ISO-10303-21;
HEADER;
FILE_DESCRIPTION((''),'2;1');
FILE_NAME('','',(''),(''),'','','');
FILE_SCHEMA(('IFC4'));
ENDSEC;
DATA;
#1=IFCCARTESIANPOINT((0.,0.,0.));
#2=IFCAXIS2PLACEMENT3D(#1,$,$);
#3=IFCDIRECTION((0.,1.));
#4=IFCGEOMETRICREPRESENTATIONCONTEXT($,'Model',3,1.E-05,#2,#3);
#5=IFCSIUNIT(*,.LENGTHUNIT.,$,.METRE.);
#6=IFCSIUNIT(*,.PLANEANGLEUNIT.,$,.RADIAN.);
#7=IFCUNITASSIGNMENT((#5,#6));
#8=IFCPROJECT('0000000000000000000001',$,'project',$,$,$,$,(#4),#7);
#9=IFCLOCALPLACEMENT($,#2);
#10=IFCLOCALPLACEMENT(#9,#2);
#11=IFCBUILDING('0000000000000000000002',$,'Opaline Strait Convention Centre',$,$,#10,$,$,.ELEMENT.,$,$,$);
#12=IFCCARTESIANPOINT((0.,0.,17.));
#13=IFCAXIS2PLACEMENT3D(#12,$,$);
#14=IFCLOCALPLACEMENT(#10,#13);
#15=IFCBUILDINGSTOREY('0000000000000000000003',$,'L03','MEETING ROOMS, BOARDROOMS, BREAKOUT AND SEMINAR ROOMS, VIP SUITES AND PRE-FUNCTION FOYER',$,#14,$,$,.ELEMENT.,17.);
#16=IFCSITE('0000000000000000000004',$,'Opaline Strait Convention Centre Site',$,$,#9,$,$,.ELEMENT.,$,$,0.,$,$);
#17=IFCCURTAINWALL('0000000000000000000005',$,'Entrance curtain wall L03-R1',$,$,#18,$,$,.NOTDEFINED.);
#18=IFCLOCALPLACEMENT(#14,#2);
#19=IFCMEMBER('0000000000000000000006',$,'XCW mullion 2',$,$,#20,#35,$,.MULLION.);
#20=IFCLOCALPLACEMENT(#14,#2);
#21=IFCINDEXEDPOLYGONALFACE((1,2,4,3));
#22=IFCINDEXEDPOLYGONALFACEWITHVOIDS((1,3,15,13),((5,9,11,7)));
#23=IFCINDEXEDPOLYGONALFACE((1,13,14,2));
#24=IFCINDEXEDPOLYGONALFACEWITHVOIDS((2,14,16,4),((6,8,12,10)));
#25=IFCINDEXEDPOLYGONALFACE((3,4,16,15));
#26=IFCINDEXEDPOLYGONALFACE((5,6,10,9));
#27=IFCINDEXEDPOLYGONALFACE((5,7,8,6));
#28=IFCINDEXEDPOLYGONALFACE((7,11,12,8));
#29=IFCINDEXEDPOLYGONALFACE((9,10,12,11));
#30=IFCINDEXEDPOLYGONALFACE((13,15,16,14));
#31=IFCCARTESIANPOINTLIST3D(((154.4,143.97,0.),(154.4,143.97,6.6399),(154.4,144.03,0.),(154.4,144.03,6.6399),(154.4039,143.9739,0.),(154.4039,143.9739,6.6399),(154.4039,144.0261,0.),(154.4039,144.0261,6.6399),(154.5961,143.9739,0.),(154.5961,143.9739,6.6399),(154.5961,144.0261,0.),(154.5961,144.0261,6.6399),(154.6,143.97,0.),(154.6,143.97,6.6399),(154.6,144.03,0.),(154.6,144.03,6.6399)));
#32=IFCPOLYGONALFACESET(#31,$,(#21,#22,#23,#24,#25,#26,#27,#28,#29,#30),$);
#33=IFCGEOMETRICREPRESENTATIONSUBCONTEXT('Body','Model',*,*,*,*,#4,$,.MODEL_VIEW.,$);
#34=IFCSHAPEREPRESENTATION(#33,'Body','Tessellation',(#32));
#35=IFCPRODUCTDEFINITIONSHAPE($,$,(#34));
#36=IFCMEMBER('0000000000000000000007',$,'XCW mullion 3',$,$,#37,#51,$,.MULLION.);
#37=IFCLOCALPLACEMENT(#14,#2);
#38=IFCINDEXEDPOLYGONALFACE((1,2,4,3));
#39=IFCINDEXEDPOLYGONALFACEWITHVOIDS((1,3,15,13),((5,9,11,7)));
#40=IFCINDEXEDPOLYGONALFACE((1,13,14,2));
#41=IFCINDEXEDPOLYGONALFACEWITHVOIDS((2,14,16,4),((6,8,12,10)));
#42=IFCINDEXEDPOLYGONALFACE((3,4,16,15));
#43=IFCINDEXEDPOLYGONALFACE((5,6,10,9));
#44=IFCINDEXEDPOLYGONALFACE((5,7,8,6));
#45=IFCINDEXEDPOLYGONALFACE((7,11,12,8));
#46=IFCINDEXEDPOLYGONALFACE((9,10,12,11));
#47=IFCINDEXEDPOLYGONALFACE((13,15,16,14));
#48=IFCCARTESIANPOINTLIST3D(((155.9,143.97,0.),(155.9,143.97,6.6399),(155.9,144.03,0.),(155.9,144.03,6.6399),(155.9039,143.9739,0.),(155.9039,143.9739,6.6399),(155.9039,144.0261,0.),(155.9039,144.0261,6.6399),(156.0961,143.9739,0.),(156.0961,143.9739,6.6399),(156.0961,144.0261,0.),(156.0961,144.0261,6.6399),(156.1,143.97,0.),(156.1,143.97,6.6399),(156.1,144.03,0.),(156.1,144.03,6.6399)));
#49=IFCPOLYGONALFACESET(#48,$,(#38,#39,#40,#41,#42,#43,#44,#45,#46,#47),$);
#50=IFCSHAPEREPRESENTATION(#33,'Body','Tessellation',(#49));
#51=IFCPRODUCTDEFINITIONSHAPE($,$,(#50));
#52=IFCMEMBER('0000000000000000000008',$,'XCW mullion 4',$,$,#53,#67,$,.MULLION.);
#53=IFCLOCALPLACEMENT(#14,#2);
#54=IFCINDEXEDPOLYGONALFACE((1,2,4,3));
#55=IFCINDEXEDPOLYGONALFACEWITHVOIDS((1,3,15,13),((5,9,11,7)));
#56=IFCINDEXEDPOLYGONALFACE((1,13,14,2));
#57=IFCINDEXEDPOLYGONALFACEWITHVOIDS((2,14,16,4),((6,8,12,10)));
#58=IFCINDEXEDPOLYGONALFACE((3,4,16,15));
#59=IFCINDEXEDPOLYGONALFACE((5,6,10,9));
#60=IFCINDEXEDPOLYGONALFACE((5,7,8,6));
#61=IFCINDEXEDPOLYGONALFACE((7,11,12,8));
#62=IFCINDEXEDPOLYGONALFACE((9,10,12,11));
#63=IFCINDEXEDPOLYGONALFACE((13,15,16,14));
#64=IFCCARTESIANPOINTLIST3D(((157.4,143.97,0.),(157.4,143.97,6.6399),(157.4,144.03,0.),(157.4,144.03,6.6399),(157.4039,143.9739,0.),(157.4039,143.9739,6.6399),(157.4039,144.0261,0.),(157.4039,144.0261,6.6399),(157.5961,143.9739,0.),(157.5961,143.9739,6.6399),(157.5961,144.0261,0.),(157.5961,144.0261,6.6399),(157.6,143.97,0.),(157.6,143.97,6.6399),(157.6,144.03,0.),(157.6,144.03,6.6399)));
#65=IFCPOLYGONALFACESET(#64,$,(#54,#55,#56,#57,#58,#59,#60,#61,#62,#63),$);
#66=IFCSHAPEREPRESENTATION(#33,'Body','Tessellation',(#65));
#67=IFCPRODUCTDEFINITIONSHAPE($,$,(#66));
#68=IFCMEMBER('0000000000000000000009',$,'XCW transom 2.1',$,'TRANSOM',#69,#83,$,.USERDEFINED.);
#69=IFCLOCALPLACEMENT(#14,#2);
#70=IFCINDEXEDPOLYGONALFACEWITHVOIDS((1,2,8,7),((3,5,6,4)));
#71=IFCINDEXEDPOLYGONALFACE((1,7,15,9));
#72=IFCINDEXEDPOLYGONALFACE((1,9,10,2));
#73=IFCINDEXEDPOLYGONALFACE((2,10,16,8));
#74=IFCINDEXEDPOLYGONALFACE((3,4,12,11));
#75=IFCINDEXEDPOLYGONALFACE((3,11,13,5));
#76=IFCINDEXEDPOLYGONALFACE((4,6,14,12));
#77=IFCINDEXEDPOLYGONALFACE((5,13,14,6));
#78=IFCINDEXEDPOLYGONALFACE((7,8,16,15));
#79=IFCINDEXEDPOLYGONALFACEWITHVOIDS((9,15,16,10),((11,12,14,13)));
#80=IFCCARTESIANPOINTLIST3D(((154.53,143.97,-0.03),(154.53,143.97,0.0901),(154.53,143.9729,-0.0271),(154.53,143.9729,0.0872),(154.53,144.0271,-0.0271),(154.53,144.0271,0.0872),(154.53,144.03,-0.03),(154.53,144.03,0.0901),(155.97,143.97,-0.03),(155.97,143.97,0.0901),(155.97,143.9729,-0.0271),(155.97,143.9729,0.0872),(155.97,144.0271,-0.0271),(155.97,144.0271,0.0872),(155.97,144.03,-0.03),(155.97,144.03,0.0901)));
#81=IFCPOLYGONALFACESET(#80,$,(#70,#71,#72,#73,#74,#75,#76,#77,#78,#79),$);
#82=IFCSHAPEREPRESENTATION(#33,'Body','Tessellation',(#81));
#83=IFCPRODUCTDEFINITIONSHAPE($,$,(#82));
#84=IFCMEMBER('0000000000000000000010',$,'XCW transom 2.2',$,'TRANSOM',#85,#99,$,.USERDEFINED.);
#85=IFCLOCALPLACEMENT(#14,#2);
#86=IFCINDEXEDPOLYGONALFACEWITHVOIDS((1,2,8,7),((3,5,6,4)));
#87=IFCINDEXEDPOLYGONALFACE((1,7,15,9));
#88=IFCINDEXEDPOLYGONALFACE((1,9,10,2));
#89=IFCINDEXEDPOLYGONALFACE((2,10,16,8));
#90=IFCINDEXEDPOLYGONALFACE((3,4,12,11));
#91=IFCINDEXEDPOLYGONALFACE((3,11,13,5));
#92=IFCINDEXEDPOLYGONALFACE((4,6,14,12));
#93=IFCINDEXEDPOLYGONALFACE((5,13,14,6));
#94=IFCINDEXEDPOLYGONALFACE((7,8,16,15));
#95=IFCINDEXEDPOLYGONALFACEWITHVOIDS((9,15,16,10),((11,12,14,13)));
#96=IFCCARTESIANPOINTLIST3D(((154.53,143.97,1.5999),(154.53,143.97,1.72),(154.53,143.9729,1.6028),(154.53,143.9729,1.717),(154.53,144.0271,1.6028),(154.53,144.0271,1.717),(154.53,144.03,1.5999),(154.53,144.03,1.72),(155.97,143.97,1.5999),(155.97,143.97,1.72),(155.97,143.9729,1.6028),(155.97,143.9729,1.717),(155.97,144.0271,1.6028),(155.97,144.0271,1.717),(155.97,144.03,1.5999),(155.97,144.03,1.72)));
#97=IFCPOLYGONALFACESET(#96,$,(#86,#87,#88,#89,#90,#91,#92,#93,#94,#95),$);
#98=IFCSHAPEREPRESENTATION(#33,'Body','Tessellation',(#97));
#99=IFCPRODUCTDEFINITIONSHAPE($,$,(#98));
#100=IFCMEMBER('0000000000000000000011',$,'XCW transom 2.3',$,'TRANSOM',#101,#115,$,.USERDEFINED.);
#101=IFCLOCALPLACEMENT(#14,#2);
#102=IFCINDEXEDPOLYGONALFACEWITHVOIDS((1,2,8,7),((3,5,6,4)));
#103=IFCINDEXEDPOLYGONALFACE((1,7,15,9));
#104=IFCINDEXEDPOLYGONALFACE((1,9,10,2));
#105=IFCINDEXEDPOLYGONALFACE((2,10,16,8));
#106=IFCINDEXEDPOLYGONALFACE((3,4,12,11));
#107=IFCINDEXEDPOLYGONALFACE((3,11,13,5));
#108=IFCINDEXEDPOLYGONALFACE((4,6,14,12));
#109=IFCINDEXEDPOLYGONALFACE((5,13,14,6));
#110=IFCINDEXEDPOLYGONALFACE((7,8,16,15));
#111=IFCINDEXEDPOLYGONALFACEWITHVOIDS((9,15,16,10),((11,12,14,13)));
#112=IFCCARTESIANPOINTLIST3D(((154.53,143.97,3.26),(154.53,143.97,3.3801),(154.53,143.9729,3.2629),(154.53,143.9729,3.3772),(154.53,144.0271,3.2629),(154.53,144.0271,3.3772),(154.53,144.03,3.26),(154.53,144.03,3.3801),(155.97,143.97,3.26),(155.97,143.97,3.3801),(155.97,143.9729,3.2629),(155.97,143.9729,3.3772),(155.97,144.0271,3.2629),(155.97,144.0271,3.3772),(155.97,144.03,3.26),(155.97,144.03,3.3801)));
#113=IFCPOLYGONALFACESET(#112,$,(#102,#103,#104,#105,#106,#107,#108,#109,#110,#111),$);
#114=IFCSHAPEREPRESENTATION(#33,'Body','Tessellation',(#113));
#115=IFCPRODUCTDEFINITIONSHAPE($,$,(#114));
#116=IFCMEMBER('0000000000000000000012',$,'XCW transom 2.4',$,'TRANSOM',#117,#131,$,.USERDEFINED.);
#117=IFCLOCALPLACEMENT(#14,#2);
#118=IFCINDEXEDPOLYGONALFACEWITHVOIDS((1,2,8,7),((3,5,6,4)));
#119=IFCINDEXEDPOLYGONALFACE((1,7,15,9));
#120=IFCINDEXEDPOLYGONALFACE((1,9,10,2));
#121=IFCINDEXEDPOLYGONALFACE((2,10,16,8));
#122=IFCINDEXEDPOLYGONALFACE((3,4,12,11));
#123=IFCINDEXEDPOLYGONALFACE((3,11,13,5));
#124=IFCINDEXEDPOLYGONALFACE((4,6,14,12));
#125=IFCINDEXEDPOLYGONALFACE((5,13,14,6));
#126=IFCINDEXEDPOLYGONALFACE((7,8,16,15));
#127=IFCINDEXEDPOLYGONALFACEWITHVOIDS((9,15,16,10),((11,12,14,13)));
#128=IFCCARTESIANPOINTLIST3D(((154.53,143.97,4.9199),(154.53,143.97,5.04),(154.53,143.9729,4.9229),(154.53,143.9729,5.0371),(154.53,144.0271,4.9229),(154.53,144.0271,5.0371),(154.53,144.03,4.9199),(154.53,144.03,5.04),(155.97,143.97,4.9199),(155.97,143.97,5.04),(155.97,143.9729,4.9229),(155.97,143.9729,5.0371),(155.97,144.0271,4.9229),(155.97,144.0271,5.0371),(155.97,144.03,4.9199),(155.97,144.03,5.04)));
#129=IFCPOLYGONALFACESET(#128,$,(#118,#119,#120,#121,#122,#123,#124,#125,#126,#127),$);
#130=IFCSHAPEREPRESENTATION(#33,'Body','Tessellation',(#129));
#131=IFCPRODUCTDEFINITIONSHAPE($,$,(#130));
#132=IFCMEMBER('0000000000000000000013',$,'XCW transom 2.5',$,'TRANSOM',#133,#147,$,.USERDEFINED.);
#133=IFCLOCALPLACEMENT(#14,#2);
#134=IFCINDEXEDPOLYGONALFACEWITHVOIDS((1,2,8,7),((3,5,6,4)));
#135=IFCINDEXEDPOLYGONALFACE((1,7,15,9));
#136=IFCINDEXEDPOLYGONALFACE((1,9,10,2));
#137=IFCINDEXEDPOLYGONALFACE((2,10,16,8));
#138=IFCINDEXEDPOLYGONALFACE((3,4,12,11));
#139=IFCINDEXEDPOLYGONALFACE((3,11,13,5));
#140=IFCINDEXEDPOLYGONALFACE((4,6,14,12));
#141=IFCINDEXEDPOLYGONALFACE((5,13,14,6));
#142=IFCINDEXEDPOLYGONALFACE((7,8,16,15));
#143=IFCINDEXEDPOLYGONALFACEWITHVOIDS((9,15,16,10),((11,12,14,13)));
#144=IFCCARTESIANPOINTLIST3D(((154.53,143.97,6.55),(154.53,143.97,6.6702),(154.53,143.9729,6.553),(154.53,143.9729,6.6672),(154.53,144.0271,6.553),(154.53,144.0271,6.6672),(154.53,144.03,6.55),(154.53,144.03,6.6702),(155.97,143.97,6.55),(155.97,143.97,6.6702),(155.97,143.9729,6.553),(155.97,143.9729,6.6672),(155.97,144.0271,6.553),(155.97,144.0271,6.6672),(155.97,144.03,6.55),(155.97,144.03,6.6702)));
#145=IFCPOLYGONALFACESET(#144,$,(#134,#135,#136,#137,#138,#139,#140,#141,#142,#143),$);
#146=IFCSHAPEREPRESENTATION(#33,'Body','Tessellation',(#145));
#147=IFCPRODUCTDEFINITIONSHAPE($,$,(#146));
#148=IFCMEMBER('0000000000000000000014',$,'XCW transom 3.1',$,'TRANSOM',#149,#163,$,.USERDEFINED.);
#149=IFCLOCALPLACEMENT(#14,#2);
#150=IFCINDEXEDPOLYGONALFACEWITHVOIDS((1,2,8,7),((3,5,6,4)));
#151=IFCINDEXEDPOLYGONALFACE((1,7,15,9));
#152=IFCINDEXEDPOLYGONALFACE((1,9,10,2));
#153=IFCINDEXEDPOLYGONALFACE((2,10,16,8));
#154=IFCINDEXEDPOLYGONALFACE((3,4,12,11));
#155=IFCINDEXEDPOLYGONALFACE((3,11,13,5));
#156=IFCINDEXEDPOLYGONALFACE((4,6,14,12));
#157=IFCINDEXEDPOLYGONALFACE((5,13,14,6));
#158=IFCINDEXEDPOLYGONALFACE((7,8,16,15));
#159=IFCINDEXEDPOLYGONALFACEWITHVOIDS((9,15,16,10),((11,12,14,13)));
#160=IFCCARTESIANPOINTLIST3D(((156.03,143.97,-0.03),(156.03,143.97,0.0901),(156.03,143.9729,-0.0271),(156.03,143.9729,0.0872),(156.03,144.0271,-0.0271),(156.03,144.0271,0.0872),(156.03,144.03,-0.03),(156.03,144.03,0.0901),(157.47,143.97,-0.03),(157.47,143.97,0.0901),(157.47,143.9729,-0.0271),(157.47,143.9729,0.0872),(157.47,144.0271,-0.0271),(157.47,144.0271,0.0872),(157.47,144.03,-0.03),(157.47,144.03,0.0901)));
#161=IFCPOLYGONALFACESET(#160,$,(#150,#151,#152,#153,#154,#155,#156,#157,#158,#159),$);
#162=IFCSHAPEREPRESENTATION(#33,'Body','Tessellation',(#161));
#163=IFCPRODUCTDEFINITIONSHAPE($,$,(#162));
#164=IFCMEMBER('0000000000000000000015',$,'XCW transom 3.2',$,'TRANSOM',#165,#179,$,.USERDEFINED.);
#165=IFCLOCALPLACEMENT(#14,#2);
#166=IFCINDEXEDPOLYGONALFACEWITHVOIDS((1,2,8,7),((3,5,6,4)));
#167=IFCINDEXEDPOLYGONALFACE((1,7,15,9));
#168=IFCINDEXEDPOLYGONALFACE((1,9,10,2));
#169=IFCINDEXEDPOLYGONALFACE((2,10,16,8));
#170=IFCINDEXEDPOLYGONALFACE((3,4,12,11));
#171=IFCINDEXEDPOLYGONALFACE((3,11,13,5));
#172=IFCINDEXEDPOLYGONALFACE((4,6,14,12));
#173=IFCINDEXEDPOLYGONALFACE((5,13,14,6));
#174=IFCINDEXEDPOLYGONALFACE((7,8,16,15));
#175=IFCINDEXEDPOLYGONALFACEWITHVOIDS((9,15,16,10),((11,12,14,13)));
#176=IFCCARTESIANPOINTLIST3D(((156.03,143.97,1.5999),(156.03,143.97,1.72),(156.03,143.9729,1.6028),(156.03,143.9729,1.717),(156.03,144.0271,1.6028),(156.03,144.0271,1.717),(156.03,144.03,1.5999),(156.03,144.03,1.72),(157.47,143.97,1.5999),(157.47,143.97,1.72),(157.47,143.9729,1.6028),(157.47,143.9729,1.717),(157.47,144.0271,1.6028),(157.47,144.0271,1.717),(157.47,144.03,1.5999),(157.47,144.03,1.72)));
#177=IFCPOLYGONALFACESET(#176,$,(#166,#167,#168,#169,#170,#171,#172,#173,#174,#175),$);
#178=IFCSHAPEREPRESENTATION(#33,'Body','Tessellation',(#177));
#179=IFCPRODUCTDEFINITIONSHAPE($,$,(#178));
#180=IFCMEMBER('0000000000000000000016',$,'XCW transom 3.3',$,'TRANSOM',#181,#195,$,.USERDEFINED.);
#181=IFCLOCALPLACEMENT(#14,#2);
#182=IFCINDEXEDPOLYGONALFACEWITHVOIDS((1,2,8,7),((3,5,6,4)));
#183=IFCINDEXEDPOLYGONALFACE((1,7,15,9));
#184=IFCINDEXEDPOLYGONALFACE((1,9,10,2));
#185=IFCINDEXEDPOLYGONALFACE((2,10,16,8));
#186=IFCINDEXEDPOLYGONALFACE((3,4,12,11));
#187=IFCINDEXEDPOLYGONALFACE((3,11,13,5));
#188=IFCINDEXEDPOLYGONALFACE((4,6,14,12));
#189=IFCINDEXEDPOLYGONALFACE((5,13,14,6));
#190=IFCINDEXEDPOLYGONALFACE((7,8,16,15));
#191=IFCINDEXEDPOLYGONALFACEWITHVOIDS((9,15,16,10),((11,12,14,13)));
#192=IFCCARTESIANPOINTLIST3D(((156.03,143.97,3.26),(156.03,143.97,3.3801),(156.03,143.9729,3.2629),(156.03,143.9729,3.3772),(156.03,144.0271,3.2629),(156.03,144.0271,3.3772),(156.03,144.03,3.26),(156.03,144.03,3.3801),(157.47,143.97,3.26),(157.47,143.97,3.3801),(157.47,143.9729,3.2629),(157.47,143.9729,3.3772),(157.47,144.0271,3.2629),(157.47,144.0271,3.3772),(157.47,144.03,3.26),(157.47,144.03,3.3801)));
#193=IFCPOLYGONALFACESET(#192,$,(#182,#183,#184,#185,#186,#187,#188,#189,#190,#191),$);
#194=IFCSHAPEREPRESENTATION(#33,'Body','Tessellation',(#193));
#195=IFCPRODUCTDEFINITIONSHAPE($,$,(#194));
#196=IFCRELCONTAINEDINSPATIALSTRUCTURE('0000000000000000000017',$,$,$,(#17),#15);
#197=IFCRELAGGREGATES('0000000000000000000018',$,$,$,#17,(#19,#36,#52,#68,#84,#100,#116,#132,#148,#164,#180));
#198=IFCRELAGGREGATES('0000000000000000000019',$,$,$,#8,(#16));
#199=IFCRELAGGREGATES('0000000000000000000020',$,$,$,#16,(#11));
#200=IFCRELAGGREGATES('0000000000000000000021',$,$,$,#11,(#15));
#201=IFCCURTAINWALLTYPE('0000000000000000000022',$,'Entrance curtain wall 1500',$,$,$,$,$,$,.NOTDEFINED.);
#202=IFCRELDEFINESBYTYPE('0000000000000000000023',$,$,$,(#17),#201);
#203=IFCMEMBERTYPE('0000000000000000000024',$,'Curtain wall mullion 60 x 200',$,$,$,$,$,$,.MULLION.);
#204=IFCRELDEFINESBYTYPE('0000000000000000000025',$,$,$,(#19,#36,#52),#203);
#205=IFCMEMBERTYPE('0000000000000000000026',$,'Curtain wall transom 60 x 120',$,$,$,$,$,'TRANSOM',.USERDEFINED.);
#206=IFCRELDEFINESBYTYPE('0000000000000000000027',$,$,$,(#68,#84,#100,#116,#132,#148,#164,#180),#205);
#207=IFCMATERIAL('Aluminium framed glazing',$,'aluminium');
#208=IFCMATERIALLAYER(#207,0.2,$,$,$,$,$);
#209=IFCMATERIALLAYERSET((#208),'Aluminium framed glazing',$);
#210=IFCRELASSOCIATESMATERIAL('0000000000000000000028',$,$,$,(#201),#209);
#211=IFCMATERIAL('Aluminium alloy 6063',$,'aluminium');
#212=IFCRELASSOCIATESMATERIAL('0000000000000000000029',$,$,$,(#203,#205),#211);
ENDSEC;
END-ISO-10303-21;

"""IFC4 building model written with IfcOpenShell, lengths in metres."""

from ifc_helpers import new_model, si_unit, direction, frame, origin, origin_2d, place, context, subcontext, project, spatial, hollow_rectangle, extrude, material, layer, layer_set, material_profile, profile_set, type_object, element, aggregate, save


model = new_model("IFC4")

# Units and contexts
model_context = context("Model", 3, precision=1e-05, world=origin(), true_north=direction((0.0, 1.0)))
body_context = subcontext(model_context, "Body", "Model", "MODEL_VIEW")
ifc_project = project(units=[si_unit("LENGTHUNIT", "METRE"), si_unit("PLANEANGLEUNIT", "RADIAN")], contexts=[model_context])

# Site, building, storey
site_placement = place(None, origin())
site = spatial("IfcSite", under=ifc_project, at=site_placement, Name="Opaline Strait Convention Centre Site", CompositionType="ELEMENT", RefElevation=0.0)
building_placement = place(site_placement, origin())
building = spatial("IfcBuilding", under=site, at=building_placement, Name="Opaline Strait Convention Centre", CompositionType="ELEMENT")
storey_placement = place(building_placement, frame((0.0, 0.0, 17.0)))
storey = spatial("IfcBuildingStorey", under=building, at=storey_placement, Name="L03", Description="MEETING ROOMS, BOARDROOMS, BREAKOUT AND SEMINAR ROOMS, VIP SUITES AND PRE-FUNCTION FOYER", CompositionType="ELEMENT", Elevation=17.0)

# Curtain wall, members
ifc_material_1 = material(Name="Aluminium framed glazing", Category="aluminium")
ifc_layer_1 = layer(ifc_material_1, 0.2)
ifc_layer_set_1 = layer_set([ifc_layer_1], Name="Aluminium framed glazing")
curtain_wall_type = type_object("IfcCurtainWallType", Name="Entrance curtain wall 1500", PredefinedType="NOTDEFINED", material=ifc_layer_set_1)
curtain_wall_placement = place(storey_placement, origin())
curtain_wall = element("IfcCurtainWall", 1, at=curtain_wall_placement, inside=storey, type_object=curtain_wall_type, Name="Entrance curtain wall L03-R1", PredefinedType="NOTDEFINED")
ifc_material_2 = material(Name="Aluminium alloy 6063", Category="aluminium")
ifc_material_profile_1 = material_profile(ifc_material_2, hollow_rectangle(XDim=0.0601, YDim=0.2, WallThickness=0.0039, at=origin_2d()), Name="MULLION 60x200x4")
ifc_profile_set_1 = profile_set([ifc_material_profile_1], Name="Aluminium alloy 6063")
member_type_1 = type_object("IfcMemberType", Name="Curtain wall mullion 60 x 200", PredefinedType="MULLION", material=ifc_profile_set_1)
member_1_placement = place(storey_placement, frame((154.5, 144.0, 0.0), z_axis=(0.0, 0.0, 1.0), x_axis=(0.0, 1.0, 0.0)))
member_1 = element("IfcMember", 2, at=member_1_placement, type_object=member_type_1, Name="XCW mullion 2", PredefinedType="MULLION", context=body_context, shape_type="SweptSolid", body=[
    extrude(hollow_rectangle(XDim=0.0601, YDim=0.2, WallThickness=0.0039, at=origin_2d()), origin(), (0.0, 0.0, 1.0), 6.6399),
])
member_2_placement = place(storey_placement, frame((156.0, 144.0, 0.0), z_axis=(0.0, 0.0, 1.0), x_axis=(0.0, 1.0, 0.0)))
member_2 = element("IfcMember", 3, at=member_2_placement, type_object=member_type_1, Name="XCW mullion 3", PredefinedType="MULLION", context=body_context, shape_type="SweptSolid", body=[
    extrude(hollow_rectangle(XDim=0.0601, YDim=0.2, WallThickness=0.0039, at=origin_2d()), origin(), (0.0, 0.0, 1.0), 6.6399),
])
member_3_placement = place(storey_placement, frame((157.5, 144.0, 0.0), z_axis=(0.0, 0.0, 1.0), x_axis=(0.0, 1.0, 0.0)))
member_3 = element("IfcMember", 4, at=member_3_placement, type_object=member_type_1, Name="XCW mullion 4", PredefinedType="MULLION", context=body_context, shape_type="SweptSolid", body=[
    extrude(hollow_rectangle(XDim=0.0601, YDim=0.2, WallThickness=0.0039, at=origin_2d()), origin(), (0.0, 0.0, 1.0), 6.6399),
])
ifc_material_profile_2 = material_profile(ifc_material_2, hollow_rectangle(XDim=0.0601, YDim=0.1201, WallThickness=0.0029, at=origin_2d()), Name="TRANSOM 60x120x3")
ifc_profile_set_2 = profile_set([ifc_material_profile_2], Name="Aluminium alloy 6063")
member_type_2 = type_object("IfcMemberType", Name="Curtain wall transom 60 x 120", ElementType="TRANSOM", PredefinedType="USERDEFINED", material=ifc_profile_set_2)
member_4_placement = place(storey_placement, frame((154.53, 144.0, 0.03), z_axis=(1.0, 0.0, 0.0), x_axis=(0.0, 1.0, 0.0)))
member_4 = element("IfcMember", 5, at=member_4_placement, type_object=member_type_2, Name="XCW transom 2.1", ObjectType="TRANSOM", PredefinedType="USERDEFINED", context=body_context, shape_type="SweptSolid", body=[
    extrude(hollow_rectangle(XDim=0.0601, YDim=0.1201, WallThickness=0.0029, at=origin_2d()), origin(), (0.0, 0.0, 1.0), 1.4399),
])
member_5_placement = place(storey_placement, frame((154.53, 144.0, 1.6599), z_axis=(1.0, 0.0, 0.0), x_axis=(0.0, 1.0, 0.0)))
member_5 = element("IfcMember", 6, at=member_5_placement, type_object=member_type_2, Name="XCW transom 2.2", ObjectType="TRANSOM", PredefinedType="USERDEFINED", context=body_context, shape_type="SweptSolid", body=[
    extrude(hollow_rectangle(XDim=0.0601, YDim=0.1201, WallThickness=0.0029, at=origin_2d()), origin(), (0.0, 0.0, 1.0), 1.4399),
])
member_6_placement = place(storey_placement, frame((154.53, 144.0, 3.3201), z_axis=(1.0, 0.0, 0.0), x_axis=(0.0, 1.0, 0.0)))
member_6 = element("IfcMember", 7, at=member_6_placement, type_object=member_type_2, Name="XCW transom 2.3", ObjectType="TRANSOM", PredefinedType="USERDEFINED", context=body_context, shape_type="SweptSolid", body=[
    extrude(hollow_rectangle(XDim=0.0601, YDim=0.1201, WallThickness=0.0029, at=origin_2d()), origin(), (0.0, 0.0, 1.0), 1.4399),
])
member_7_placement = place(storey_placement, frame((154.53, 144.0, 4.98), z_axis=(1.0, 0.0, 0.0), x_axis=(0.0, 1.0, 0.0)))
member_7 = element("IfcMember", 8, at=member_7_placement, type_object=member_type_2, Name="XCW transom 2.4", ObjectType="TRANSOM", PredefinedType="USERDEFINED", context=body_context, shape_type="SweptSolid", body=[
    extrude(hollow_rectangle(XDim=0.0601, YDim=0.1201, WallThickness=0.0029, at=origin_2d()), origin(), (0.0, 0.0, 1.0), 1.4399),
])
member_8_placement = place(storey_placement, frame((154.53, 144.0, 6.6101), z_axis=(1.0, 0.0, 0.0), x_axis=(0.0, 1.0, 0.0)))
member_8 = element("IfcMember", 9, at=member_8_placement, type_object=member_type_2, Name="XCW transom 2.5", ObjectType="TRANSOM", PredefinedType="USERDEFINED", context=body_context, shape_type="SweptSolid", body=[
    extrude(hollow_rectangle(XDim=0.0601, YDim=0.1201, WallThickness=0.0029, at=origin_2d()), origin(), (0.0, 0.0, 1.0), 1.4399),
])
member_9_placement = place(storey_placement, frame((156.03, 144.0, 0.03), z_axis=(1.0, 0.0, 0.0), x_axis=(0.0, 1.0, 0.0)))
member_9 = element("IfcMember", 10, at=member_9_placement, type_object=member_type_2, Name="XCW transom 3.1", ObjectType="TRANSOM", PredefinedType="USERDEFINED", context=body_context, shape_type="SweptSolid", body=[
    extrude(hollow_rectangle(XDim=0.0601, YDim=0.1201, WallThickness=0.0029, at=origin_2d()), origin(), (0.0, 0.0, 1.0), 1.4399),
])
member_10_placement = place(storey_placement, frame((156.03, 144.0, 1.6599), z_axis=(1.0, 0.0, 0.0), x_axis=(0.0, 1.0, 0.0)))
member_10 = element("IfcMember", 11, at=member_10_placement, type_object=member_type_2, Name="XCW transom 3.2", ObjectType="TRANSOM", PredefinedType="USERDEFINED", context=body_context, shape_type="SweptSolid", body=[
    extrude(hollow_rectangle(XDim=0.0601, YDim=0.1201, WallThickness=0.0029, at=origin_2d()), origin(), (0.0, 0.0, 1.0), 1.4399),
])
member_11_placement = place(storey_placement, frame((156.03, 144.0, 3.3201), z_axis=(1.0, 0.0, 0.0), x_axis=(0.0, 1.0, 0.0)))
member_11 = element("IfcMember", 12, at=member_11_placement, type_object=member_type_2, Name="XCW transom 3.3", ObjectType="TRANSOM", PredefinedType="USERDEFINED", context=body_context, shape_type="SweptSolid", body=[
    extrude(hollow_rectangle(XDim=0.0601, YDim=0.1201, WallThickness=0.0029, at=origin_2d()), origin(), (0.0, 0.0, 1.0), 1.4399),
])
aggregate(curtain_wall, [member_1, member_2, member_3, member_4, member_5, member_6, member_7, member_8, member_9, member_10, member_11])

save(model, "model.ifc")
